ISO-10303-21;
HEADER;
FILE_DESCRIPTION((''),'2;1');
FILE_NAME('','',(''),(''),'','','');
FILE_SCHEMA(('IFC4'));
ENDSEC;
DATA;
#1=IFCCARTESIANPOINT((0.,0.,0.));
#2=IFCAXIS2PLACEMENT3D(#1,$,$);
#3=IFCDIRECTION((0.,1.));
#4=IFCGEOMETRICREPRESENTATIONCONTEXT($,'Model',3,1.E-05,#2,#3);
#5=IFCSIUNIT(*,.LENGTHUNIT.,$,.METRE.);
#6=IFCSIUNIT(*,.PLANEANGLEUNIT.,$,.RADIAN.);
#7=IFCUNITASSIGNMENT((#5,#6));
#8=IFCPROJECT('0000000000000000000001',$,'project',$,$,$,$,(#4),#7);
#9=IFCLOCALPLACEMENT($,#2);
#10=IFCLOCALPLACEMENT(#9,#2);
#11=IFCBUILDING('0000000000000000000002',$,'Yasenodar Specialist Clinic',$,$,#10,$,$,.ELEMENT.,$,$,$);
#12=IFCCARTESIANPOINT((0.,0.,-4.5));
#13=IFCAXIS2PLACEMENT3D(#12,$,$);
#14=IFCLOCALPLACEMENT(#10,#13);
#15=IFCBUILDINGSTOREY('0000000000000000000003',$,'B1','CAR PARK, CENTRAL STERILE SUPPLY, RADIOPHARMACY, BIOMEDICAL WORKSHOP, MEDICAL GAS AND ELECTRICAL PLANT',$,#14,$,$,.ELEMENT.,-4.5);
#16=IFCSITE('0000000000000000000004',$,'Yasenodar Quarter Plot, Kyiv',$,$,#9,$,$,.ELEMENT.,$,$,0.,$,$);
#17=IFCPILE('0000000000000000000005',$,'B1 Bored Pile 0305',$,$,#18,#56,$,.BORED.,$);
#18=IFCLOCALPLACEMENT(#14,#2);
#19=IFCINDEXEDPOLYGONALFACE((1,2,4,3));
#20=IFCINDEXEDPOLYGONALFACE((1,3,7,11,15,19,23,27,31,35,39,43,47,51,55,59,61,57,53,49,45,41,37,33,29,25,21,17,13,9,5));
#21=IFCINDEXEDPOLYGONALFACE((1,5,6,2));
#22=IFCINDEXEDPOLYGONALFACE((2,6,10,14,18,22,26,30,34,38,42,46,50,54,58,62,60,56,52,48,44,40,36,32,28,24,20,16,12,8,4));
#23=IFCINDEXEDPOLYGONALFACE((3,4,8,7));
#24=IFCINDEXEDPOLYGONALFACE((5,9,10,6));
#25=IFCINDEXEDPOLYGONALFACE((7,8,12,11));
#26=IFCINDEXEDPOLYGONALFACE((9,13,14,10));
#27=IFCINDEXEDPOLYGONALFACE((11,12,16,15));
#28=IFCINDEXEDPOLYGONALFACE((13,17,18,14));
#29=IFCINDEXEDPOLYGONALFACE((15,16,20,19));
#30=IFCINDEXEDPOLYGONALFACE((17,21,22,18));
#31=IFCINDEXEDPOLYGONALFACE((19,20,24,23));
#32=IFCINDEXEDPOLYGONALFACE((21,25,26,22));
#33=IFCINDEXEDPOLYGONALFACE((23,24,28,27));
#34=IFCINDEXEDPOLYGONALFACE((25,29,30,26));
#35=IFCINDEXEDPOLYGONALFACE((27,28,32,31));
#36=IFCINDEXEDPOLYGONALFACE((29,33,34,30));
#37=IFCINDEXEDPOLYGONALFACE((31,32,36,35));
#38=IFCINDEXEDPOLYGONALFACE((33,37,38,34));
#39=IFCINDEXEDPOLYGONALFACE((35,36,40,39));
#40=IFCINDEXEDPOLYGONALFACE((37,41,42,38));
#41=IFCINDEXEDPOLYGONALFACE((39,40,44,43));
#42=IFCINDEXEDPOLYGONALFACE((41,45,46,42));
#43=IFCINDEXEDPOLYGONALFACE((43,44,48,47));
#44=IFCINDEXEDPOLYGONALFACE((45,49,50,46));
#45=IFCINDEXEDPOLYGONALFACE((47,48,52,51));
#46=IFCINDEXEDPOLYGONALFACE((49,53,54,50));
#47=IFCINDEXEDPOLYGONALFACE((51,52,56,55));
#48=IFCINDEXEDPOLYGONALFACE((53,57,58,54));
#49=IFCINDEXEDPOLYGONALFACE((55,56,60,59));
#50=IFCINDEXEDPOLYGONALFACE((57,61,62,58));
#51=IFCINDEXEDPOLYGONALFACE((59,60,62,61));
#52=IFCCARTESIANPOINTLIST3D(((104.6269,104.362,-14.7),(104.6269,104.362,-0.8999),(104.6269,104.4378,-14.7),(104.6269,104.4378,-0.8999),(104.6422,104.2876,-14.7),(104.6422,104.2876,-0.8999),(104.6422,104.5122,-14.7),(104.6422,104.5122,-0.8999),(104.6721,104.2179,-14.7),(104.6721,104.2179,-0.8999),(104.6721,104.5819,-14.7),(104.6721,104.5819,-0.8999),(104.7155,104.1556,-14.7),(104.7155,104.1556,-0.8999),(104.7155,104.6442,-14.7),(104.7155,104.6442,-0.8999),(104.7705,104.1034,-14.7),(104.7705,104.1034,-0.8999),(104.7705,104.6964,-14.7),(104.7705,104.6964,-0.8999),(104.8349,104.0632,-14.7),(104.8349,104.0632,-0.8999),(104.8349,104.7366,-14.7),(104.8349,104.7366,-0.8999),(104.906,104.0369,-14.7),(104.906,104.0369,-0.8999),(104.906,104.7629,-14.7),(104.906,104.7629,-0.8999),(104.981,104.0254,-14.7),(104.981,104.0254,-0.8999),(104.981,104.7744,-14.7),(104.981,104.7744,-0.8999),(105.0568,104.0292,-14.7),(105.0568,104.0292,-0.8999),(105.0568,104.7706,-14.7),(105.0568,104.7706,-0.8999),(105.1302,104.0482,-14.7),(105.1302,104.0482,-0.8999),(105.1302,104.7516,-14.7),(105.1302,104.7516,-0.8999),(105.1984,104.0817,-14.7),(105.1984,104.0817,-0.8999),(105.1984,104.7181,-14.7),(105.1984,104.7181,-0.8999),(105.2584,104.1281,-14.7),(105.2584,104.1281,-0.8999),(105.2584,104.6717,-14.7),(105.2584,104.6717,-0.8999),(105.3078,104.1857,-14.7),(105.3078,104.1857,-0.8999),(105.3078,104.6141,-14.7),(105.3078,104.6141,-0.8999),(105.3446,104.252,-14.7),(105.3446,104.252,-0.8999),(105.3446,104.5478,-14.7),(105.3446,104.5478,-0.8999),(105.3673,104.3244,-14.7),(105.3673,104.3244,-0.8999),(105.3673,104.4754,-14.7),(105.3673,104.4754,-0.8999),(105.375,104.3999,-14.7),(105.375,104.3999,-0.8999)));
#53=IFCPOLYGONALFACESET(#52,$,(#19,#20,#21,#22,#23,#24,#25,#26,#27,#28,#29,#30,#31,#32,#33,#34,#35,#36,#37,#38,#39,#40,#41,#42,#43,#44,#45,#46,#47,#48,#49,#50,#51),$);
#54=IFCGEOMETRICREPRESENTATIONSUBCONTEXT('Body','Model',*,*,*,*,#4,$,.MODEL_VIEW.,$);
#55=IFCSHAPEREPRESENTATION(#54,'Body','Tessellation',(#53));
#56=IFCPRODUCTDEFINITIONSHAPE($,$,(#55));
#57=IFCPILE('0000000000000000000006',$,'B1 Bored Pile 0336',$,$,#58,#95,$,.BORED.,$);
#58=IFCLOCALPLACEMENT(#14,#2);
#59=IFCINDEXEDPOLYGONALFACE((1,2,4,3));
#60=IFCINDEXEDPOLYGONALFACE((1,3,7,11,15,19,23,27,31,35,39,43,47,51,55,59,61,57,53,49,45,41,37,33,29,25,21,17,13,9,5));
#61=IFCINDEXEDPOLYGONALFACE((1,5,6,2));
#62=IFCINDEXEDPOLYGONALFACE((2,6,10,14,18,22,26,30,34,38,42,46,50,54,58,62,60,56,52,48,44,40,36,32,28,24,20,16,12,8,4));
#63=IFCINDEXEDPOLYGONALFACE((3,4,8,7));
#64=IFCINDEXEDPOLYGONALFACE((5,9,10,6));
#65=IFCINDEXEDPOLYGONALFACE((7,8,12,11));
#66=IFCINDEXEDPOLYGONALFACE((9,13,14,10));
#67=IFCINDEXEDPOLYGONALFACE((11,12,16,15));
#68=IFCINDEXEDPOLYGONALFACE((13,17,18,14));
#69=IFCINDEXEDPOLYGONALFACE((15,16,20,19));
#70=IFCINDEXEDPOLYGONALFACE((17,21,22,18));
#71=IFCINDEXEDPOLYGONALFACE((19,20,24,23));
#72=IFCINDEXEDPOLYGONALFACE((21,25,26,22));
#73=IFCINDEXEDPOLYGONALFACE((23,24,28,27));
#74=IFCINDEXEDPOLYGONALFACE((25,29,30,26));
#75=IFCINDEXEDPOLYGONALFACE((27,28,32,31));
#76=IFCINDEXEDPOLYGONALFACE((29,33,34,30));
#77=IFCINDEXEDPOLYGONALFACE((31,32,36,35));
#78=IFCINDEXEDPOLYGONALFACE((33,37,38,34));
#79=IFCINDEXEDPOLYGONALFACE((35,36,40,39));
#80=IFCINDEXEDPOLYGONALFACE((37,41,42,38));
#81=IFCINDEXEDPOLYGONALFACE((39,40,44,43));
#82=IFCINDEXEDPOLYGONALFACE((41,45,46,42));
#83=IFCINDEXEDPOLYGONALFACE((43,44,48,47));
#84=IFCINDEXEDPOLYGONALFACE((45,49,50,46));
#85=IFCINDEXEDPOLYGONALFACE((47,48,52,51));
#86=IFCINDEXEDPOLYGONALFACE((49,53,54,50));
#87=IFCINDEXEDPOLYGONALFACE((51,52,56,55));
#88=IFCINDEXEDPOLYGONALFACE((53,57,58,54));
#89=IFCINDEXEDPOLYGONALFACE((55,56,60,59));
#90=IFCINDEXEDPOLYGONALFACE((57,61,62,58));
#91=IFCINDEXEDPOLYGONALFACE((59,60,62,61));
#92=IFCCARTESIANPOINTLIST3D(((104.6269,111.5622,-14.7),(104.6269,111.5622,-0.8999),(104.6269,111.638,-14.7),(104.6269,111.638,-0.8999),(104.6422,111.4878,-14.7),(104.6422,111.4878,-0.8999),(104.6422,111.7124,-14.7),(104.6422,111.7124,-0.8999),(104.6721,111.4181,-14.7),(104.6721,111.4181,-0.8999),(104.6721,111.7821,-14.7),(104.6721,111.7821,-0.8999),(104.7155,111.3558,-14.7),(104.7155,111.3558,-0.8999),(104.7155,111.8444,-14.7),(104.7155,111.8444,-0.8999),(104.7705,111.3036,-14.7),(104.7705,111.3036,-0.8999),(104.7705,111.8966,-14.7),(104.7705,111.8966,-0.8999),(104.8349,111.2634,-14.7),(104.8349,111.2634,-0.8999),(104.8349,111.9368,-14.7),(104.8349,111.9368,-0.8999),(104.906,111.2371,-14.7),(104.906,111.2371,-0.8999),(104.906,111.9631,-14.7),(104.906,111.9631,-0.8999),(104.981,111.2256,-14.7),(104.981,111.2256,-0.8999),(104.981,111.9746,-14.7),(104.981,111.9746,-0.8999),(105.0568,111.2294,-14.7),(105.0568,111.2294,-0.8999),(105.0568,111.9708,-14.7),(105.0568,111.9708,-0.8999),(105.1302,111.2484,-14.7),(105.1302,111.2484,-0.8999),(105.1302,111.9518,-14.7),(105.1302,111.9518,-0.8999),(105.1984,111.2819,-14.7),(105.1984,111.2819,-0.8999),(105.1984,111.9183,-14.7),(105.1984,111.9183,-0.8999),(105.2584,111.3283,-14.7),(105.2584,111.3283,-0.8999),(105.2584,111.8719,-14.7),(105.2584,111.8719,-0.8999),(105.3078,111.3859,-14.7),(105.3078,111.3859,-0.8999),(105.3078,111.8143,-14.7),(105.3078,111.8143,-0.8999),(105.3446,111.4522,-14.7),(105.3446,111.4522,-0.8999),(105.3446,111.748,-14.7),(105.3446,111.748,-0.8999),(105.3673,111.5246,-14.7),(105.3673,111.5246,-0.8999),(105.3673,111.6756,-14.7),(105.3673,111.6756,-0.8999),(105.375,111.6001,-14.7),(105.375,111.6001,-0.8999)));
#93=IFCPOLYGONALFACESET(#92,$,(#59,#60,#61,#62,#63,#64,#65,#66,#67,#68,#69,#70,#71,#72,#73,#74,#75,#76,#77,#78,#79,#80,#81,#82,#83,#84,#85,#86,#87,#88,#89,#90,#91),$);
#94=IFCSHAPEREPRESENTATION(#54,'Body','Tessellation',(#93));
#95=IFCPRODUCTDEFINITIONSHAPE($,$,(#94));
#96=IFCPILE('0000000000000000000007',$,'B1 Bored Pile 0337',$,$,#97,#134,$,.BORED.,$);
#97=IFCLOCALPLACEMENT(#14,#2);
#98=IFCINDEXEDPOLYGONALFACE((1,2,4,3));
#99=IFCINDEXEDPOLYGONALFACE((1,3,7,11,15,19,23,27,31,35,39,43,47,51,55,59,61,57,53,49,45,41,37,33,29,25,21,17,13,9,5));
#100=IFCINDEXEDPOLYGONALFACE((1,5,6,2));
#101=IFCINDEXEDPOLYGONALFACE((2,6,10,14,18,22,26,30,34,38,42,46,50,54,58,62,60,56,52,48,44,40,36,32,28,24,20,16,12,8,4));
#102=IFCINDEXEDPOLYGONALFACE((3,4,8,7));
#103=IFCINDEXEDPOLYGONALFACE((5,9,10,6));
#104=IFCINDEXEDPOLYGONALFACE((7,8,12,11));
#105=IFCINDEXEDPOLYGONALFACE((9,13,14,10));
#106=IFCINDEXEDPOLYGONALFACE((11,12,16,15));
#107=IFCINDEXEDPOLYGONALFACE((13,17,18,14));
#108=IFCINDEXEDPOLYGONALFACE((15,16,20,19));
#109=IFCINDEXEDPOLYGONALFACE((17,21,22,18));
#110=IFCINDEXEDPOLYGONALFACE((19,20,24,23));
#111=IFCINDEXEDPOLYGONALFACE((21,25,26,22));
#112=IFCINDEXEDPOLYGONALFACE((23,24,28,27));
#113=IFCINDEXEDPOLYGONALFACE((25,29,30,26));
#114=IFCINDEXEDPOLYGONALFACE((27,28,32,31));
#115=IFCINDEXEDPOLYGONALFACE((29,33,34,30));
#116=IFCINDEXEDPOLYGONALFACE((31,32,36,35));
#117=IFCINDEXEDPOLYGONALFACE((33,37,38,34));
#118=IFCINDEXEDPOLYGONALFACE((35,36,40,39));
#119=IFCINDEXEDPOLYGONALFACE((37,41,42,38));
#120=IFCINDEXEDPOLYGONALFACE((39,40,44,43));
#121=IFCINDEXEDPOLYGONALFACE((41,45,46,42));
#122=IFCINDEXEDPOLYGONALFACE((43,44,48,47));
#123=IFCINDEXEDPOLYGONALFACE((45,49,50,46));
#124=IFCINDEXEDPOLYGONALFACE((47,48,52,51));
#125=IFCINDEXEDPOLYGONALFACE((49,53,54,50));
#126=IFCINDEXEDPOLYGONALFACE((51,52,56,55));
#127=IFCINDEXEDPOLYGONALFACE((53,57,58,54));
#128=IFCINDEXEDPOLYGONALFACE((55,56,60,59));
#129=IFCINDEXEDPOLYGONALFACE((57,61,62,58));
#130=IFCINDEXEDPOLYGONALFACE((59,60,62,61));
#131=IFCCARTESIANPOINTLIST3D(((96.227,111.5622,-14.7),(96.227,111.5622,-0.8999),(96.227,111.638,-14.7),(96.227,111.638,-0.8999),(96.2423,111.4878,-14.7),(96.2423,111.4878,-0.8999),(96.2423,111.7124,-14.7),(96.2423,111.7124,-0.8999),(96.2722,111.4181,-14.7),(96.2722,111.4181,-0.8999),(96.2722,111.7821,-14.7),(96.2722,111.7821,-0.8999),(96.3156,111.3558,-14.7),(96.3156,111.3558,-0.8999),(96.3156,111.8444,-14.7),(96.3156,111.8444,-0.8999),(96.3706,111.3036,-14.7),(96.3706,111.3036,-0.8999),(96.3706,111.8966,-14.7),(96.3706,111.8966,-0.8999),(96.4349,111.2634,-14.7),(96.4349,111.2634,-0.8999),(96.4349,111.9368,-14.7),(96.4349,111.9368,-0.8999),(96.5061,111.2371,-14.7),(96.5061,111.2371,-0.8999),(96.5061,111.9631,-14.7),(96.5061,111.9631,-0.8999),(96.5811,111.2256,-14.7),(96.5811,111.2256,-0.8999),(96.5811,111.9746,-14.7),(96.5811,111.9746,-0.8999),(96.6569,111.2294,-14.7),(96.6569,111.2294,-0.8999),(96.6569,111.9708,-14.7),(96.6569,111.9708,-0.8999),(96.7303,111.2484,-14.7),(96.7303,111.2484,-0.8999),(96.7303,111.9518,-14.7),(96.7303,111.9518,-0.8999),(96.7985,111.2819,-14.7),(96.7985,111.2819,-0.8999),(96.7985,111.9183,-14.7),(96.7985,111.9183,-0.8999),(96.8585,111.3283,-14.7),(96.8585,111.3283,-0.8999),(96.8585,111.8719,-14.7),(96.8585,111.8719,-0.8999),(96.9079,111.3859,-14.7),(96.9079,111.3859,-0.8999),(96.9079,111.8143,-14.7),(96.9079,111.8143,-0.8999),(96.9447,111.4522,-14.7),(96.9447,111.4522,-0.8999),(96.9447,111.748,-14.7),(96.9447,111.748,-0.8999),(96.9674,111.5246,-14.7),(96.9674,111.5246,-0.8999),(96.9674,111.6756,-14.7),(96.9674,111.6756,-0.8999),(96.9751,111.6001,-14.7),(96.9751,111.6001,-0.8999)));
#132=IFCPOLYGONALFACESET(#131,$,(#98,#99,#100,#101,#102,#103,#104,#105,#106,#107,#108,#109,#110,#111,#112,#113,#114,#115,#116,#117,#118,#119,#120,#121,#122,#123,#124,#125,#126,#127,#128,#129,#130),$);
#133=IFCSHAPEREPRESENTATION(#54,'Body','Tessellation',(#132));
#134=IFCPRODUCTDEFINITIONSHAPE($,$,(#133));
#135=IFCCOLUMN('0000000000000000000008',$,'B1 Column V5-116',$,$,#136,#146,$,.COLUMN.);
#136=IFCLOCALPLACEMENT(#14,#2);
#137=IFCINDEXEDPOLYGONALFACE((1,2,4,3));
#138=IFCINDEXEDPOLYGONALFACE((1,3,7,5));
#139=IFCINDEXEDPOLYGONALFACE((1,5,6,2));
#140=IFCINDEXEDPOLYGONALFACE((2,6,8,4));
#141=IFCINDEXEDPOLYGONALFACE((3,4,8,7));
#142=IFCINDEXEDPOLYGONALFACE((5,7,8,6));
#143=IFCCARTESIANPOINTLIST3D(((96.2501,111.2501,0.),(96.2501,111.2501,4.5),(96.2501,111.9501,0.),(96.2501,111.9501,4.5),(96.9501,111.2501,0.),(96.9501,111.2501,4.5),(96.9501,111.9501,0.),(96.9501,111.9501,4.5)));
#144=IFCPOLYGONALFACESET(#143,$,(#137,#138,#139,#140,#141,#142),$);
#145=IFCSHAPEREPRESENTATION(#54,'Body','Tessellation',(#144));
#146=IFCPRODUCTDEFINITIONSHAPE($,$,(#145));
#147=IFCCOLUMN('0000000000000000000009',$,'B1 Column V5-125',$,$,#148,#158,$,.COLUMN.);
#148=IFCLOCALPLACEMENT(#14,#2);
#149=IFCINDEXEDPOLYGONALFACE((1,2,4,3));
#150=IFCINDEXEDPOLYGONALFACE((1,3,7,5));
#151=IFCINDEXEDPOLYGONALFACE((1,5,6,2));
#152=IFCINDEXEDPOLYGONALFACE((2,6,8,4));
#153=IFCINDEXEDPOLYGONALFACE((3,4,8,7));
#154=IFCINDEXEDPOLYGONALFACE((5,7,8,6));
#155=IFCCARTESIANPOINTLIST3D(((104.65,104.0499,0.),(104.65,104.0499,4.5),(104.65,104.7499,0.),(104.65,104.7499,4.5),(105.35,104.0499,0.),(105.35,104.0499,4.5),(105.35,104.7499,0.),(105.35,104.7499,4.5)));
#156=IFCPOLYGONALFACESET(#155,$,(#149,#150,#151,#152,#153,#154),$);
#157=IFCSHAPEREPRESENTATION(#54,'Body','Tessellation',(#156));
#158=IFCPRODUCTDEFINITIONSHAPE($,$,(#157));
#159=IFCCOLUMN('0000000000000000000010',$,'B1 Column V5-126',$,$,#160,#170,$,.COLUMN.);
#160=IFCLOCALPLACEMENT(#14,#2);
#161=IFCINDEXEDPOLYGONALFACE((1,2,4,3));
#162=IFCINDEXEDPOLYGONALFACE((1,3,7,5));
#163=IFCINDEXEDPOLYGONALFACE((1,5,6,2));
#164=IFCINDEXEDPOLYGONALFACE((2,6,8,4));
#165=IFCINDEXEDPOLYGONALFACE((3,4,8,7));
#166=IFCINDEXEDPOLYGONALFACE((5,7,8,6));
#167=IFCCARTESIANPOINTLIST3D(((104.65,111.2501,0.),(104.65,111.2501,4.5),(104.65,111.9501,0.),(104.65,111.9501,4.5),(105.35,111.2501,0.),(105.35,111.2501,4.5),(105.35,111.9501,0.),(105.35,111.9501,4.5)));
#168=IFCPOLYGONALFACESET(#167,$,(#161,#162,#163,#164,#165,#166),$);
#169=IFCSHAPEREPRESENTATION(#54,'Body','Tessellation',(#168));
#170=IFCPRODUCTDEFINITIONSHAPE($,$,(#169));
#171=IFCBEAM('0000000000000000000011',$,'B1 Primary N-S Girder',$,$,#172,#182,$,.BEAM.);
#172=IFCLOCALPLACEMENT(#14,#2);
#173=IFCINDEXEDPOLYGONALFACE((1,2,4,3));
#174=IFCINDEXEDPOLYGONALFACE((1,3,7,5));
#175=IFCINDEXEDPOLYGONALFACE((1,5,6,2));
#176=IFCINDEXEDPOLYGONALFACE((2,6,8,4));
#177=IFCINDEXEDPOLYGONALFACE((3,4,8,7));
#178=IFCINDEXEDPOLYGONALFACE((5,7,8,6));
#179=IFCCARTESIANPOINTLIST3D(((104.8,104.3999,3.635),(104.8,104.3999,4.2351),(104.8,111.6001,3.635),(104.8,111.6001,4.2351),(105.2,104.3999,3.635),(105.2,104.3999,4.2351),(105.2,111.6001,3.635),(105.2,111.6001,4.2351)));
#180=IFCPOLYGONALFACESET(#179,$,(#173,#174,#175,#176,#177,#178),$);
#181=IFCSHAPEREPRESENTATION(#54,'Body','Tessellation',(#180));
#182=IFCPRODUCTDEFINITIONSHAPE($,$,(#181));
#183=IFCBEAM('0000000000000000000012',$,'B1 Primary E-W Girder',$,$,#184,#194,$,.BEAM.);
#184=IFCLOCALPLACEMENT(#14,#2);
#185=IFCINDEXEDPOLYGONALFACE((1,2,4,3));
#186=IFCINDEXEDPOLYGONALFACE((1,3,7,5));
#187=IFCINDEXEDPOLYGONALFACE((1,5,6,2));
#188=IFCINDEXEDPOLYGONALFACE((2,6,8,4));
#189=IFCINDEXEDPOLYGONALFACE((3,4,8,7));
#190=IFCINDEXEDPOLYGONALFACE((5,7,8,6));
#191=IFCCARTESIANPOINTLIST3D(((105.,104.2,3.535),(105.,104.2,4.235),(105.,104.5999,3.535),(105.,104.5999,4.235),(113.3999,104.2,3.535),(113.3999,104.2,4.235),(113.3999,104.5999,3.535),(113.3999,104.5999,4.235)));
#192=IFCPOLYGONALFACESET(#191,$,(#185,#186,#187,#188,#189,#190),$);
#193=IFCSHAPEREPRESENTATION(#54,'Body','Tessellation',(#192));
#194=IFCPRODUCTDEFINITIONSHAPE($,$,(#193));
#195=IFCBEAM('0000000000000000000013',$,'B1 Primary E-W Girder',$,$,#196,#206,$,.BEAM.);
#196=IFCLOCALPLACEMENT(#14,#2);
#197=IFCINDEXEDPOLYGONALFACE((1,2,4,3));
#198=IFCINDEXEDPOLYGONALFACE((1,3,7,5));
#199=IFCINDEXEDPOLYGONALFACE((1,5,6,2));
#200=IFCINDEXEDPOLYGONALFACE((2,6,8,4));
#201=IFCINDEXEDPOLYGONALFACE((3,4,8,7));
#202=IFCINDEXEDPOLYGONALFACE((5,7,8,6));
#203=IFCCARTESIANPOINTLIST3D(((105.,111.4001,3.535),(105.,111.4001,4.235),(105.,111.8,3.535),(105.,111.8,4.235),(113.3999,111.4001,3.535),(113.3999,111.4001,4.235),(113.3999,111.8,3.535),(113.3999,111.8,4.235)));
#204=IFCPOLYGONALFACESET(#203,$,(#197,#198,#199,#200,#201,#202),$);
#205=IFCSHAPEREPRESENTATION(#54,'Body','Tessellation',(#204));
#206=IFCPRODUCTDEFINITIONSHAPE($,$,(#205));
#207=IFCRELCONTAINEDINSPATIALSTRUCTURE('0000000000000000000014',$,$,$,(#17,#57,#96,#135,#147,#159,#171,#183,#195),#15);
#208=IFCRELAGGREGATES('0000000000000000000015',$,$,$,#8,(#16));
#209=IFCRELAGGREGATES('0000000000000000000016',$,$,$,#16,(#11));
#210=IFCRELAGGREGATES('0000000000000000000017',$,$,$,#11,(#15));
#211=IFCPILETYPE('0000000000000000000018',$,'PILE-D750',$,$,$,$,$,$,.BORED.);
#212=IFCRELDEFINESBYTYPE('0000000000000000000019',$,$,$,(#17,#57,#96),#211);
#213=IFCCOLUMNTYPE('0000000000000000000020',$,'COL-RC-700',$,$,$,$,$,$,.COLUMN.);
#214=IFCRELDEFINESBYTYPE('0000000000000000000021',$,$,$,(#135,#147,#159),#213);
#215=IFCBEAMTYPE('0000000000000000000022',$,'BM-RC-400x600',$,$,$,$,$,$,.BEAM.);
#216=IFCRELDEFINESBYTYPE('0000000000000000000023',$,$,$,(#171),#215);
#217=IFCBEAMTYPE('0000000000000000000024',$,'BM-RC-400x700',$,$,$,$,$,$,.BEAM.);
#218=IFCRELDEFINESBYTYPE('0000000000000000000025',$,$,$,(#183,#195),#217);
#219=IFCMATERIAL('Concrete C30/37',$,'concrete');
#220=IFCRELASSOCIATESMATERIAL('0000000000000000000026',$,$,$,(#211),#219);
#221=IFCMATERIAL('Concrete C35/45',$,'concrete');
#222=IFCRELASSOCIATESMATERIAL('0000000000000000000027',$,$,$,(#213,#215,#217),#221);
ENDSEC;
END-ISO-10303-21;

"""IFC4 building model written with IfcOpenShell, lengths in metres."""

from ifc_helpers import new_model, si_unit, direction, frame, origin, origin_2d, place, context, subcontext, project, spatial, rectangle, circle, extrude, material, material_profile, profile_set, type_object, element, save


model = new_model("IFC4")

# Units and contexts
model_context = context("Model", 3, precision=1e-05, world=origin(), true_north=direction((0.0, 1.0)))
body_context = subcontext(model_context, "Body", "Model", "MODEL_VIEW")
ifc_project = project(units=[si_unit("LENGTHUNIT", "METRE"), si_unit("PLANEANGLEUNIT", "RADIAN")], contexts=[model_context])

# Site, building, storey
site_placement = place(None, origin())
site = spatial("IfcSite", under=ifc_project, at=site_placement, Name="Yasenodar Quarter Plot, Kyiv", CompositionType="ELEMENT", RefElevation=0.0)
building_placement = place(site_placement, origin())
building = spatial("IfcBuilding", under=site, at=building_placement, Name="Yasenodar Specialist Clinic", CompositionType="ELEMENT")
storey_placement = place(building_placement, frame((0.0, 0.0, -4.5)))
storey = spatial("IfcBuildingStorey", under=building, at=storey_placement, Name="B1", Description="CAR PARK, CENTRAL STERILE SUPPLY, RADIOPHARMACY, BIOMEDICAL WORKSHOP, MEDICAL GAS AND ELECTRICAL PLANT", CompositionType="ELEMENT", Elevation=-4.5)

# Shared definitions
ifc_material_1 = material(Name="Concrete C35/45", Category="concrete")

# Piles
ifc_material_2 = material(Name="Concrete C30/37", Category="concrete")
ifc_material_profile_1 = material_profile(ifc_material_2, circle(Radius=0.375, at=origin_2d()), Name="PILE D750")
ifc_profile_set_1 = profile_set([ifc_material_profile_1], Name="Concrete C30/37")
pile_type_1 = type_object("IfcPileType", Name="PILE-D750", PredefinedType="BORED", material=ifc_profile_set_1)
for number, where, z_axis, x_axis, name in (
    (1, (105.0, 104.3999, -0.8999), (0.0, 0.0, -1.0), (1.0, 0.0, 0.0), "B1 Bored Pile 0305"),
    (2, (105.0, 111.6001, -0.8999), (0.0, 0.0, -1.0), (1.0, 0.0, 0.0), "B1 Bored Pile 0336"),
    (3, (96.6001, 111.6001, -0.8999), (0.0, 0.0, -1.0), (1.0, 0.0, 0.0), "B1 Bored Pile 0337"),
):
    element("IfcPile", number, at=place(storey_placement, frame(where, z_axis=z_axis, x_axis=x_axis)), inside=storey, type_object=pile_type_1, Name=name, PredefinedType="BORED", context=body_context, shape_type="SweptSolid", body=[
        extrude(circle(Radius=0.375, at=origin_2d()), origin(), (0.0, 0.0, 1.0), 13.8),
    ])

# Columns
ifc_material_profile_2 = material_profile(ifc_material_1, rectangle(XDim=0.7, YDim=0.7, at=origin_2d()), Name="RC 700x700")
ifc_profile_set_2 = profile_set([ifc_material_profile_2], Name="Concrete C35/45")
column_type = type_object("IfcColumnType", Name="COL-RC-700", PredefinedType="COLUMN", material=ifc_profile_set_2)
for number, where, z_axis, x_axis, name in (
    (4, (96.6001, 111.6001, 0.0), (0.0, 0.0, 1.0), (1.0, 0.0, 0.0), "B1 Column V5-116"),
    (5, (105.0, 104.3999, 0.0), (0.0, 0.0, 1.0), (1.0, 0.0, 0.0), "B1 Column V5-125"),
    (6, (105.0, 111.6001, 0.0), (0.0, 0.0, 1.0), (1.0, 0.0, 0.0), "B1 Column V5-126"),
):
    element("IfcColumn", number, at=place(storey_placement, frame(where, z_axis=z_axis, x_axis=x_axis)), inside=storey, type_object=column_type, Name=name, PredefinedType="COLUMN", context=body_context, shape_type="SweptSolid", body=[
        extrude(rectangle(XDim=0.7, YDim=0.7, at=origin_2d()), origin(), (0.0, 0.0, 1.0), 4.5),
    ])

# Beams
ifc_material_profile_3 = material_profile(ifc_material_1, rectangle(XDim=0.3999, YDim=0.6001, at=origin_2d()), Name="RC 400x600")
ifc_profile_set_3 = profile_set([ifc_material_profile_3], Name="Concrete C35/45")
beam_type_1 = type_object("IfcBeamType", Name="BM-RC-400x600", PredefinedType="BEAM", material=ifc_profile_set_3)
beam_1_placement = place(storey_placement, frame((105.0, 104.3999, 3.9351), z_axis=(0.0, 1.0, 0.0), x_axis=(-1.0, 0.0, 0.0)))
element("IfcBeam", 7, at=beam_1_placement, inside=storey, type_object=beam_type_1, Name="B1 Primary N-S Girder", PredefinedType="BEAM", context=body_context, shape_type="SweptSolid", body=[
    extrude(rectangle(XDim=0.3999, YDim=0.6001, at=origin_2d()), origin(), (0.0, 0.0, 1.0), 7.2002),
])
ifc_material_profile_4 = material_profile(ifc_material_1, rectangle(XDim=0.3999, YDim=0.7, at=origin_2d()), Name="RC 400x700")
ifc_profile_set_4 = profile_set([ifc_material_profile_4], Name="Concrete C35/45")
beam_type_2 = type_object("IfcBeamType", Name="BM-RC-400x700", PredefinedType="BEAM", material=ifc_profile_set_4)
for number, where, z_axis, x_axis, name in (
    (8, (105.0, 104.3999, 3.885), (1.0, 0.0, 0.0), (0.0, 1.0, 0.0), "B1 Primary E-W Girder"),
    (9, (105.0, 111.6001, 3.885), (1.0, 0.0, 0.0), (0.0, 1.0, 0.0), "B1 Primary E-W Girder"),
):
    element("IfcBeam", number, at=place(storey_placement, frame(where, z_axis=z_axis, x_axis=x_axis)), inside=storey, type_object=beam_type_2, Name=name, PredefinedType="BEAM", context=body_context, shape_type="SweptSolid", body=[
        extrude(rectangle(XDim=0.3999, YDim=0.7, at=origin_2d()), origin(), (0.0, 0.0, 1.0), 8.3999),
    ])

save(model, "model.ifc")
